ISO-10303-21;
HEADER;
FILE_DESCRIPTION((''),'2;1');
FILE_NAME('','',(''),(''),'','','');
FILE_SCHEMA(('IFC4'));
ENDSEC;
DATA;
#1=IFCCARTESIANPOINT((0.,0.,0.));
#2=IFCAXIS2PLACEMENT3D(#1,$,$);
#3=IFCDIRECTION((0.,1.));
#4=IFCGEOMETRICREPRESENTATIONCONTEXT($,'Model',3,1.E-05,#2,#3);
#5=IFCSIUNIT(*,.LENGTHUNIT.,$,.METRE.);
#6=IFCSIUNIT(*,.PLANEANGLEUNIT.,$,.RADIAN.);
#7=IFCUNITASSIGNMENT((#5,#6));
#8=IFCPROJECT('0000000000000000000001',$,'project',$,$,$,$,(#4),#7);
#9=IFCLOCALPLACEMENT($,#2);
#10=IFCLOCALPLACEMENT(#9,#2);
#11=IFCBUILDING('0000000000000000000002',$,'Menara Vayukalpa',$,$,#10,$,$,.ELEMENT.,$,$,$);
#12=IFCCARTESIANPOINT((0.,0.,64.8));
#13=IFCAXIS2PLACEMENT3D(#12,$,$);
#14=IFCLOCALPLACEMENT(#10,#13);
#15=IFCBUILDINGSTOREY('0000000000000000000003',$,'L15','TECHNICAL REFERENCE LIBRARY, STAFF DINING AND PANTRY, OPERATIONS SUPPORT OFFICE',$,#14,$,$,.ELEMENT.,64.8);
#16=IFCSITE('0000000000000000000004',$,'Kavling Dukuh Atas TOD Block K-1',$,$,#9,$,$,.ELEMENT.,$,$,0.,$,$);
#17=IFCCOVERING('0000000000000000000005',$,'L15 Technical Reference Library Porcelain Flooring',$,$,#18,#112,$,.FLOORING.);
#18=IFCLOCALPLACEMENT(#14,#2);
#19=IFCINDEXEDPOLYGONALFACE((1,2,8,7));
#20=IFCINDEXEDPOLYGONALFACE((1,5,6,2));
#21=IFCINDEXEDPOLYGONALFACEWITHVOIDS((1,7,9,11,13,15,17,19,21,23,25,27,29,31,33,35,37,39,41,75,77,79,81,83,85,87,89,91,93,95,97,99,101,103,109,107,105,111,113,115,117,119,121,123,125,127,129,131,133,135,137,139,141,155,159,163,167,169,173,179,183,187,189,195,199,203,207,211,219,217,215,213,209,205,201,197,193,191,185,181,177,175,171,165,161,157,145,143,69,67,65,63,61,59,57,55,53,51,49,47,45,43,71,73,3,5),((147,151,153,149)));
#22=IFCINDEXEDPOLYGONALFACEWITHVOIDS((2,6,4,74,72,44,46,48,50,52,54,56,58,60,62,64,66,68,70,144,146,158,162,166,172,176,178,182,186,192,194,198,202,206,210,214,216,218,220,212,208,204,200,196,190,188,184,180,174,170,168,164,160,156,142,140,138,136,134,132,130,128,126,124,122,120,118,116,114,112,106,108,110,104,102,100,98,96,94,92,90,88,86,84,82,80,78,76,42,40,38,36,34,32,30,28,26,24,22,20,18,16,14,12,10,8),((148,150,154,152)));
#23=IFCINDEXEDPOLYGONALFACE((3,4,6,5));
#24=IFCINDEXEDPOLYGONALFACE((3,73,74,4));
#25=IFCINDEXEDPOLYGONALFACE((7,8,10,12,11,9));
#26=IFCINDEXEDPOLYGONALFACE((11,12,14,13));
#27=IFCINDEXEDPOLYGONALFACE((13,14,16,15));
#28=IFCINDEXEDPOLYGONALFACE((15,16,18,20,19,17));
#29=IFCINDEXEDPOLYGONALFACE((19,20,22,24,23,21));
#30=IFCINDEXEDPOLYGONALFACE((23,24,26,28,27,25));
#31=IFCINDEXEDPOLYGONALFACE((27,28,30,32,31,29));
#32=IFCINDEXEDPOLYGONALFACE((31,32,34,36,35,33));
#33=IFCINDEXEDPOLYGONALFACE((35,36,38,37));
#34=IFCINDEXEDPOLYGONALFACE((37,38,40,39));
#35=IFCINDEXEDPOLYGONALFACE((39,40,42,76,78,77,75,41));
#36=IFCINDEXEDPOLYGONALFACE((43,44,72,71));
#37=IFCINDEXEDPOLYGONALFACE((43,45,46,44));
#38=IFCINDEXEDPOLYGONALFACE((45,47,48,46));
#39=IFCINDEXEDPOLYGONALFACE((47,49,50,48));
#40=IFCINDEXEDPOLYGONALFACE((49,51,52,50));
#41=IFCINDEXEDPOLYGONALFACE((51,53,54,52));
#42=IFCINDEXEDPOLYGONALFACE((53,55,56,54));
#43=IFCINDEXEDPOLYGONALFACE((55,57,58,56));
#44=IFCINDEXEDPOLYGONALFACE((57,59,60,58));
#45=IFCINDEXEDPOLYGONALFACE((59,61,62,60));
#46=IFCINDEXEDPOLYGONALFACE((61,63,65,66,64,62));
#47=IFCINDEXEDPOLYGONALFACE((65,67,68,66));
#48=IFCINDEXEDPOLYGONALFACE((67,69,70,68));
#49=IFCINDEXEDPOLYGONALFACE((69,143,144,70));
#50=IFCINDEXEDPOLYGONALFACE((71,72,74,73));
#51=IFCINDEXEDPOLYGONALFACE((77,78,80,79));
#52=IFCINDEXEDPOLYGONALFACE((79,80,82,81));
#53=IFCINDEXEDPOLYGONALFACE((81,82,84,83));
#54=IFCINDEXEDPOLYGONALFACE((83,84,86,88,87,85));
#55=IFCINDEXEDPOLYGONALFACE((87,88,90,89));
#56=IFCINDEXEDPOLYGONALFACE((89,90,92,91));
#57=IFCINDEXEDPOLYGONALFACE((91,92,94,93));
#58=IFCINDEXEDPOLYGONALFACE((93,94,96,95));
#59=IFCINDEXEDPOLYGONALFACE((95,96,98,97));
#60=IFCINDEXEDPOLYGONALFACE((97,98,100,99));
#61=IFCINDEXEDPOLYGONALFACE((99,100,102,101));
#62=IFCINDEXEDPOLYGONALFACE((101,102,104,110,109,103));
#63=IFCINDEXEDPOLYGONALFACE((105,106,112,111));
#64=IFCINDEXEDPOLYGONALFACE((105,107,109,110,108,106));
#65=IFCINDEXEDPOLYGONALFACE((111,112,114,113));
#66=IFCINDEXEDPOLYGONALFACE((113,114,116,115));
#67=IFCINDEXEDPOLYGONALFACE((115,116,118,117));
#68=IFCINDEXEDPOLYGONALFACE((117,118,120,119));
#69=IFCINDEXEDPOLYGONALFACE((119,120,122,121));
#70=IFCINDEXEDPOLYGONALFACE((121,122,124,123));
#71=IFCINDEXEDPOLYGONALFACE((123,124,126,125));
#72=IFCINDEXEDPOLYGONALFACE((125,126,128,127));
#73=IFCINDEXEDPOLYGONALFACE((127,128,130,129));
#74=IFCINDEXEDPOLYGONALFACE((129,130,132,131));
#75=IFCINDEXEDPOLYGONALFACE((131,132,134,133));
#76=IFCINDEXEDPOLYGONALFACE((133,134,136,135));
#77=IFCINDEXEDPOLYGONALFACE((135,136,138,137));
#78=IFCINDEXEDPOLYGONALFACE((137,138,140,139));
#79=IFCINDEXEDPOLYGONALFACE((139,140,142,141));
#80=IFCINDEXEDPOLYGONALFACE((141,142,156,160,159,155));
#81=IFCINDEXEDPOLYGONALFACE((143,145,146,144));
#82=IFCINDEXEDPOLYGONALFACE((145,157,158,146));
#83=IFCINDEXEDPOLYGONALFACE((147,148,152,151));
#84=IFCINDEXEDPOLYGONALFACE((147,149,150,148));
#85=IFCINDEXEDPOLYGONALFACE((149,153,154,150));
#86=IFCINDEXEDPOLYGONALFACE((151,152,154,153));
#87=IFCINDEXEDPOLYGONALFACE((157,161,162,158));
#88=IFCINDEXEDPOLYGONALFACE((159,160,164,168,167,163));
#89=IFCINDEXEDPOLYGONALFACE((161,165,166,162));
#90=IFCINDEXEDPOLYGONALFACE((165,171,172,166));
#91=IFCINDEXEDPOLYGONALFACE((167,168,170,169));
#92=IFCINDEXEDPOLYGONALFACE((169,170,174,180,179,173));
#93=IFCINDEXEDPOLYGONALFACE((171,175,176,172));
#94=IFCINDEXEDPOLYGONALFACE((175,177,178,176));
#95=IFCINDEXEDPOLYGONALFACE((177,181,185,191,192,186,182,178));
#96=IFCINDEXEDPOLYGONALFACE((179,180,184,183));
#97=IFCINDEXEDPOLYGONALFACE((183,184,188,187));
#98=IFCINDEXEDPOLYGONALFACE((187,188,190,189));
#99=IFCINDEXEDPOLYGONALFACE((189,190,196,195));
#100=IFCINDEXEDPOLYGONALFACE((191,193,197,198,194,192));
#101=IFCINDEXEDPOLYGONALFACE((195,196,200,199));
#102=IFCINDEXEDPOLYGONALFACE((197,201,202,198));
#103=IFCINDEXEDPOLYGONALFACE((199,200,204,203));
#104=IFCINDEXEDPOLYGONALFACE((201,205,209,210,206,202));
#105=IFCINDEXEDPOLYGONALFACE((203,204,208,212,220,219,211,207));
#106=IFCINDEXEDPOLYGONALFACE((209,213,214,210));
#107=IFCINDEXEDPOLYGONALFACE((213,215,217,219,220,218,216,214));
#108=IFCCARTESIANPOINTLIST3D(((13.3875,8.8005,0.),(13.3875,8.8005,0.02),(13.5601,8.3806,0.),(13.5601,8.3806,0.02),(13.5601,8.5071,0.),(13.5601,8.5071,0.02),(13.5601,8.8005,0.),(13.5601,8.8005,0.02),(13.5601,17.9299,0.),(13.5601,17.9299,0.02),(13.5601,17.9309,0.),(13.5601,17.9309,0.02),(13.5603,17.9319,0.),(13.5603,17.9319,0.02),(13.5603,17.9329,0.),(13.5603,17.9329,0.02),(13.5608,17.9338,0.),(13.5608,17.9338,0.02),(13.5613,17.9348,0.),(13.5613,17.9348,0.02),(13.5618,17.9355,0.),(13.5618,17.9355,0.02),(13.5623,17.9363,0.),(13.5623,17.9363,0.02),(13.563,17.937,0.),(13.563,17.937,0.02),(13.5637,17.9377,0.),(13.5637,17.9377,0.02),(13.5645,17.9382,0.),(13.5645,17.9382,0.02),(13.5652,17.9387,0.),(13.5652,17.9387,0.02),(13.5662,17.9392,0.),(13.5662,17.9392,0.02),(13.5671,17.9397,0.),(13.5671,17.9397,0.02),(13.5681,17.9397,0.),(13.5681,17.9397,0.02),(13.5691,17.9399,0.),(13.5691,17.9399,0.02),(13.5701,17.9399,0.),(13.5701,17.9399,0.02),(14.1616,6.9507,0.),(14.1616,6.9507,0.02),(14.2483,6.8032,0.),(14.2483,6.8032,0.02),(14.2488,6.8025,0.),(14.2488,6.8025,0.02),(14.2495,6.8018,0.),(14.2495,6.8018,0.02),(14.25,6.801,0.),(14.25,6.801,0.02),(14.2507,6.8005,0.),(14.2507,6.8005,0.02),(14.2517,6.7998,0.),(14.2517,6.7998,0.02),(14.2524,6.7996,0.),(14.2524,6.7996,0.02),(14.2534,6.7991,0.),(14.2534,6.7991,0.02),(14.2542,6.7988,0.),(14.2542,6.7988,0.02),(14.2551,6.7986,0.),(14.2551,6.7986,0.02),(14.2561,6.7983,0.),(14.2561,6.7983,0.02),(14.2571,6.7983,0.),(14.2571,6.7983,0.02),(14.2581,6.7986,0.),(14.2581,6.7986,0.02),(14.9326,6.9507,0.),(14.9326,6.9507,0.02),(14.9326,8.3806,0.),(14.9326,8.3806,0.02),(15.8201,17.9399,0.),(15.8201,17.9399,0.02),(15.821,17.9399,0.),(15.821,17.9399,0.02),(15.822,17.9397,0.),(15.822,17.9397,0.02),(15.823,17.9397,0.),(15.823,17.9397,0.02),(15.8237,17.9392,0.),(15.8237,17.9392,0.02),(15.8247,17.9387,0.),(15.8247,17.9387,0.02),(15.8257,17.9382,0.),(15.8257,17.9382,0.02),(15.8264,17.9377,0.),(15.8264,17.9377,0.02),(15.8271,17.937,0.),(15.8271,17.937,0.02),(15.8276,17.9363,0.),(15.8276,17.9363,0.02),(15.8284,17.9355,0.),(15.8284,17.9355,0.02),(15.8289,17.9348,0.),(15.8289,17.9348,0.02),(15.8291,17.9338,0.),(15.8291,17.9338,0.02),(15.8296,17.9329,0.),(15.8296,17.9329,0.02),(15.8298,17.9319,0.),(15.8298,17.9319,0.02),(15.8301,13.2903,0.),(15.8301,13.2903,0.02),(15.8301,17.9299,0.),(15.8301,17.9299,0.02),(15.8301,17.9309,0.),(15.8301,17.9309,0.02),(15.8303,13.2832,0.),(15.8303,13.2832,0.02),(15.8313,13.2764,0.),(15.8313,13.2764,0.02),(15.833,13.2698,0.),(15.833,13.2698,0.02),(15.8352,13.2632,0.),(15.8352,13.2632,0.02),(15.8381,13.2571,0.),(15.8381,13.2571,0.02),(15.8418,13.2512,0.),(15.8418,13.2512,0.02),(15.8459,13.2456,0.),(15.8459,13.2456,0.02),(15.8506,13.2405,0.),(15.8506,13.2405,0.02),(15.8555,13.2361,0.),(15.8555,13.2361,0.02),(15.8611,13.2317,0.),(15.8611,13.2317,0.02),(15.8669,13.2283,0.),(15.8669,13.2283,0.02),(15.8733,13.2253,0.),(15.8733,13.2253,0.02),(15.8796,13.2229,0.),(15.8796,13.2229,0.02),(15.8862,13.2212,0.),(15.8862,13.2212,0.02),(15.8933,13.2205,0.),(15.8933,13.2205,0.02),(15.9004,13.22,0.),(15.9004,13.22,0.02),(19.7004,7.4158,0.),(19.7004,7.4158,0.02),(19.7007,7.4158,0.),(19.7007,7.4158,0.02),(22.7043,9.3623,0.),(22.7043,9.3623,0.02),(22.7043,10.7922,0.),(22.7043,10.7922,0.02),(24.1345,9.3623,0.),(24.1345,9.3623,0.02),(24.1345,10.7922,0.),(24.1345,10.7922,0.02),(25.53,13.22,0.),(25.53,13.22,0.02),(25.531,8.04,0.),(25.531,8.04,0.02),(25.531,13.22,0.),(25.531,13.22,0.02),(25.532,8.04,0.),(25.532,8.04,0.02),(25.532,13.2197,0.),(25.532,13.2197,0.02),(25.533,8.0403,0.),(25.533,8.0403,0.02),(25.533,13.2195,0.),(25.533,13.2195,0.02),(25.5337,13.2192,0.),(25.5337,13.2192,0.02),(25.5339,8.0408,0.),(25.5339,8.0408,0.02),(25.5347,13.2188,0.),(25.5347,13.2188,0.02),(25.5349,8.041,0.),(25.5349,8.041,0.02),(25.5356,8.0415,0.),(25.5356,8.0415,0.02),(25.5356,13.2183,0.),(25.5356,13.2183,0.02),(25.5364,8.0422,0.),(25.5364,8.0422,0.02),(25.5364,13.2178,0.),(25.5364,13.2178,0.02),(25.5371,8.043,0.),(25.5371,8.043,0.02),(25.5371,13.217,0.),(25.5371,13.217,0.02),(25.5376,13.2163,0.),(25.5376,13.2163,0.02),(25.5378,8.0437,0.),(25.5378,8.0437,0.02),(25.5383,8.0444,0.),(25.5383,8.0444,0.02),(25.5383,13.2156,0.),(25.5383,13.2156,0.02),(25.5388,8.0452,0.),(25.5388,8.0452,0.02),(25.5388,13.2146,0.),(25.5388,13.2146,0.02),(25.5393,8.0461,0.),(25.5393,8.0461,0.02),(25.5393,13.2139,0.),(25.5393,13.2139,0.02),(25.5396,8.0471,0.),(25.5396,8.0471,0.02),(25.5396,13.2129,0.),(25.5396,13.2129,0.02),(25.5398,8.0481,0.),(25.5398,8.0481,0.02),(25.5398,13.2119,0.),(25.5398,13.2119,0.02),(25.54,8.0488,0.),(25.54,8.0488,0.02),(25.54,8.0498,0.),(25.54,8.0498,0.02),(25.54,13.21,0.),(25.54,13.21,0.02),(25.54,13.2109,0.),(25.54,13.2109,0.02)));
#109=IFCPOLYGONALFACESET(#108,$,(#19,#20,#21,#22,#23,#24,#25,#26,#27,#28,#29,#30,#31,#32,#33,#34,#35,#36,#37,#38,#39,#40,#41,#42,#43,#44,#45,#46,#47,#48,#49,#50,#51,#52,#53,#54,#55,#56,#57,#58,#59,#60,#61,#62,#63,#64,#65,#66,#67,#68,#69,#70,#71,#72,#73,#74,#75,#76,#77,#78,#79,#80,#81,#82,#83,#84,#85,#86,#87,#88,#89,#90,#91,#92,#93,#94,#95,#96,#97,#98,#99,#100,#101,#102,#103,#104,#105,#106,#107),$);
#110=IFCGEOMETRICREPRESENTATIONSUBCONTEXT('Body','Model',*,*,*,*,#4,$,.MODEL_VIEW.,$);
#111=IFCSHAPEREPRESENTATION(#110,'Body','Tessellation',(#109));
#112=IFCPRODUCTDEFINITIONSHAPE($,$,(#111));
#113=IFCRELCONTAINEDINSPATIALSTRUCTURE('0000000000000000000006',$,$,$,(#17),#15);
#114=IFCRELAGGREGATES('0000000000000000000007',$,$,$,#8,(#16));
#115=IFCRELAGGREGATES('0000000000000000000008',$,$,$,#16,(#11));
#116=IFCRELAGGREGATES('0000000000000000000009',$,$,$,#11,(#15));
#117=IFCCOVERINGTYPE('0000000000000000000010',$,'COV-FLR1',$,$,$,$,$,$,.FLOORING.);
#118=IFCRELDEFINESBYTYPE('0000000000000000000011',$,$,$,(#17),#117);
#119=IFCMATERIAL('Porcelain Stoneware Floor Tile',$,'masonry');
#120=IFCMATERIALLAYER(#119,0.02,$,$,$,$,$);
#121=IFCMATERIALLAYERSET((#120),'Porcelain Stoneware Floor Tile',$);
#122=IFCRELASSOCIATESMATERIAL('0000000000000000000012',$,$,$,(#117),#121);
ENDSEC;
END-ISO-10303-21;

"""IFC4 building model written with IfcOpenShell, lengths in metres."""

from ifc_helpers import new_model, si_unit, direction, frame, origin, place, context, subcontext, project, spatial, polyline, outline, extrude, material, layer, layer_set, type_object, element, save


model = new_model("IFC4")

# Units and contexts
model_context = context("Model", 3, precision=1e-05, world=origin(), true_north=direction((0.0, 1.0)))
body_context = subcontext(model_context, "Body", "Model", "MODEL_VIEW")
ifc_project = project(units=[si_unit("LENGTHUNIT", "METRE"), si_unit("PLANEANGLEUNIT", "RADIAN")], contexts=[model_context])

# Site, building, storey
site_placement = place(None, origin())
site = spatial("IfcSite", under=ifc_project, at=site_placement, Name="Kavling Dukuh Atas TOD Block K-1", CompositionType="ELEMENT", RefElevation=0.0)
building_placement = place(site_placement, origin())
building = spatial("IfcBuilding", under=site, at=building_placement, Name="Menara Vayukalpa", CompositionType="ELEMENT")
storey_placement = place(building_placement, frame((0.0, 0.0, 64.8)))
storey = spatial("IfcBuildingStorey", under=building, at=storey_placement, Name="L15", Description="TECHNICAL REFERENCE LIBRARY, STAFF DINING AND PANTRY, OPERATIONS SUPPORT OFFICE", CompositionType="ELEMENT", Elevation=64.8)

# Covering
ifc_material_1 = material(Name="Porcelain Stoneware Floor Tile", Category="masonry")
ifc_layer_1 = layer(ifc_material_1, 0.02)
ifc_layer_set_1 = layer_set([ifc_layer_1], Name="Porcelain Stoneware Floor Tile")
covering_type_1 = type_object("IfcCoveringType", Name="COV-FLR1", PredefinedType="FLOORING", material=ifc_layer_set_1)
covering_1_placement = place(storey_placement, origin())
element("IfcCovering", 1, at=covering_1_placement, inside=storey, type_object=covering_type_1, Name="L15 Technical Reference Library Porcelain Flooring", PredefinedType="FLOORING", context=body_context, shape_type="SweptSolid", body=[
    extrude(outline(polyline([(13.5601, 8.8005), (13.5601, 17.9299), (13.5601, 17.9309), (13.5603, 17.9319), (13.5603, 17.9329), (13.5608, 17.9338), (13.5613, 17.9348), (13.5618, 17.9355), (13.5623, 17.9363), (13.563, 17.937), (13.5637, 17.9377), (13.5645, 17.9382), (13.5652, 17.9387), (13.5662, 17.9392), (13.5671, 17.9397), (13.5681, 17.9397), (13.5691, 17.9399), (13.5701, 17.9399), (15.8201, 17.9399), (15.821, 17.9399), (15.822, 17.9397), (15.823, 17.9397), (15.8237, 17.9392), (15.8247, 17.9387), (15.8257, 17.9382), (15.8264, 17.9377), (15.8271, 17.937), (15.8276, 17.9363), (15.8284, 17.9355), (15.8289, 17.9348), (15.8291, 17.9338), (15.8296, 17.9329), (15.8298, 17.9319), (15.8301, 17.9309), (15.8301, 17.9299), (15.8301, 13.2903), (15.8303, 13.2832), (15.8313, 13.2764), (15.833, 13.2698), (15.8352, 13.2632), (15.8381, 13.2571), (15.8418, 13.2512), (15.8459, 13.2456), (15.8506, 13.2405), (15.8555, 13.2361), (15.8611, 13.2317), (15.8669, 13.2283), (15.8733, 13.2253), (15.8796, 13.2229), (15.8862, 13.2212), (15.8933, 13.2205), (15.9004, 13.22), (25.53, 13.22), (25.531, 13.22), (25.532, 13.2197), (25.533, 13.2195), (25.5337, 13.2192), (25.5347, 13.2188), (25.5356, 13.2183), (25.5364, 13.2178), (25.5371, 13.217), (25.5376, 13.2163), (25.5383, 13.2156), (25.5388, 13.2146), (25.5393, 13.2139), (25.5396, 13.2129), (25.5398, 13.2119), (25.54, 13.2109), (25.54, 13.21), (25.54, 8.0498), (25.54, 8.0488), (25.5398, 8.0481), (25.5396, 8.0471), (25.5393, 8.0461), (25.5388, 8.0452), (25.5383, 8.0444), (25.5378, 8.0437), (25.5371, 8.043), (25.5364, 8.0422), (25.5356, 8.0415), (25.5349, 8.041), (25.5339, 8.0408), (25.533, 8.0403), (25.532, 8.04), (25.531, 8.04), (19.7007, 7.4158), (19.7004, 7.4158), (14.2581, 6.7986), (14.2571, 6.7983), (14.2561, 6.7983), (14.2551, 6.7986), (14.2542, 6.7988), (14.2534, 6.7991), (14.2524, 6.7996), (14.2517, 6.7998), (14.2507, 6.8005), (14.25, 6.801), (14.2495, 6.8018), (14.2488, 6.8025), (14.2483, 6.8032), (14.1616, 6.9507), (14.9326, 6.9507), (14.9326, 8.3806), (13.5601, 8.3806), (13.5601, 8.5071), (13.3875, 8.8005), (13.5601, 8.8005)]), holes=[polyline([(24.1345, 10.7922), (22.7043, 10.7922), (22.7043, 9.3623), (24.1345, 9.3623), (24.1345, 10.7922)])]), origin(), (0.0, 0.0, 1.0), 0.02),
])

save(model, "model.ifc")
